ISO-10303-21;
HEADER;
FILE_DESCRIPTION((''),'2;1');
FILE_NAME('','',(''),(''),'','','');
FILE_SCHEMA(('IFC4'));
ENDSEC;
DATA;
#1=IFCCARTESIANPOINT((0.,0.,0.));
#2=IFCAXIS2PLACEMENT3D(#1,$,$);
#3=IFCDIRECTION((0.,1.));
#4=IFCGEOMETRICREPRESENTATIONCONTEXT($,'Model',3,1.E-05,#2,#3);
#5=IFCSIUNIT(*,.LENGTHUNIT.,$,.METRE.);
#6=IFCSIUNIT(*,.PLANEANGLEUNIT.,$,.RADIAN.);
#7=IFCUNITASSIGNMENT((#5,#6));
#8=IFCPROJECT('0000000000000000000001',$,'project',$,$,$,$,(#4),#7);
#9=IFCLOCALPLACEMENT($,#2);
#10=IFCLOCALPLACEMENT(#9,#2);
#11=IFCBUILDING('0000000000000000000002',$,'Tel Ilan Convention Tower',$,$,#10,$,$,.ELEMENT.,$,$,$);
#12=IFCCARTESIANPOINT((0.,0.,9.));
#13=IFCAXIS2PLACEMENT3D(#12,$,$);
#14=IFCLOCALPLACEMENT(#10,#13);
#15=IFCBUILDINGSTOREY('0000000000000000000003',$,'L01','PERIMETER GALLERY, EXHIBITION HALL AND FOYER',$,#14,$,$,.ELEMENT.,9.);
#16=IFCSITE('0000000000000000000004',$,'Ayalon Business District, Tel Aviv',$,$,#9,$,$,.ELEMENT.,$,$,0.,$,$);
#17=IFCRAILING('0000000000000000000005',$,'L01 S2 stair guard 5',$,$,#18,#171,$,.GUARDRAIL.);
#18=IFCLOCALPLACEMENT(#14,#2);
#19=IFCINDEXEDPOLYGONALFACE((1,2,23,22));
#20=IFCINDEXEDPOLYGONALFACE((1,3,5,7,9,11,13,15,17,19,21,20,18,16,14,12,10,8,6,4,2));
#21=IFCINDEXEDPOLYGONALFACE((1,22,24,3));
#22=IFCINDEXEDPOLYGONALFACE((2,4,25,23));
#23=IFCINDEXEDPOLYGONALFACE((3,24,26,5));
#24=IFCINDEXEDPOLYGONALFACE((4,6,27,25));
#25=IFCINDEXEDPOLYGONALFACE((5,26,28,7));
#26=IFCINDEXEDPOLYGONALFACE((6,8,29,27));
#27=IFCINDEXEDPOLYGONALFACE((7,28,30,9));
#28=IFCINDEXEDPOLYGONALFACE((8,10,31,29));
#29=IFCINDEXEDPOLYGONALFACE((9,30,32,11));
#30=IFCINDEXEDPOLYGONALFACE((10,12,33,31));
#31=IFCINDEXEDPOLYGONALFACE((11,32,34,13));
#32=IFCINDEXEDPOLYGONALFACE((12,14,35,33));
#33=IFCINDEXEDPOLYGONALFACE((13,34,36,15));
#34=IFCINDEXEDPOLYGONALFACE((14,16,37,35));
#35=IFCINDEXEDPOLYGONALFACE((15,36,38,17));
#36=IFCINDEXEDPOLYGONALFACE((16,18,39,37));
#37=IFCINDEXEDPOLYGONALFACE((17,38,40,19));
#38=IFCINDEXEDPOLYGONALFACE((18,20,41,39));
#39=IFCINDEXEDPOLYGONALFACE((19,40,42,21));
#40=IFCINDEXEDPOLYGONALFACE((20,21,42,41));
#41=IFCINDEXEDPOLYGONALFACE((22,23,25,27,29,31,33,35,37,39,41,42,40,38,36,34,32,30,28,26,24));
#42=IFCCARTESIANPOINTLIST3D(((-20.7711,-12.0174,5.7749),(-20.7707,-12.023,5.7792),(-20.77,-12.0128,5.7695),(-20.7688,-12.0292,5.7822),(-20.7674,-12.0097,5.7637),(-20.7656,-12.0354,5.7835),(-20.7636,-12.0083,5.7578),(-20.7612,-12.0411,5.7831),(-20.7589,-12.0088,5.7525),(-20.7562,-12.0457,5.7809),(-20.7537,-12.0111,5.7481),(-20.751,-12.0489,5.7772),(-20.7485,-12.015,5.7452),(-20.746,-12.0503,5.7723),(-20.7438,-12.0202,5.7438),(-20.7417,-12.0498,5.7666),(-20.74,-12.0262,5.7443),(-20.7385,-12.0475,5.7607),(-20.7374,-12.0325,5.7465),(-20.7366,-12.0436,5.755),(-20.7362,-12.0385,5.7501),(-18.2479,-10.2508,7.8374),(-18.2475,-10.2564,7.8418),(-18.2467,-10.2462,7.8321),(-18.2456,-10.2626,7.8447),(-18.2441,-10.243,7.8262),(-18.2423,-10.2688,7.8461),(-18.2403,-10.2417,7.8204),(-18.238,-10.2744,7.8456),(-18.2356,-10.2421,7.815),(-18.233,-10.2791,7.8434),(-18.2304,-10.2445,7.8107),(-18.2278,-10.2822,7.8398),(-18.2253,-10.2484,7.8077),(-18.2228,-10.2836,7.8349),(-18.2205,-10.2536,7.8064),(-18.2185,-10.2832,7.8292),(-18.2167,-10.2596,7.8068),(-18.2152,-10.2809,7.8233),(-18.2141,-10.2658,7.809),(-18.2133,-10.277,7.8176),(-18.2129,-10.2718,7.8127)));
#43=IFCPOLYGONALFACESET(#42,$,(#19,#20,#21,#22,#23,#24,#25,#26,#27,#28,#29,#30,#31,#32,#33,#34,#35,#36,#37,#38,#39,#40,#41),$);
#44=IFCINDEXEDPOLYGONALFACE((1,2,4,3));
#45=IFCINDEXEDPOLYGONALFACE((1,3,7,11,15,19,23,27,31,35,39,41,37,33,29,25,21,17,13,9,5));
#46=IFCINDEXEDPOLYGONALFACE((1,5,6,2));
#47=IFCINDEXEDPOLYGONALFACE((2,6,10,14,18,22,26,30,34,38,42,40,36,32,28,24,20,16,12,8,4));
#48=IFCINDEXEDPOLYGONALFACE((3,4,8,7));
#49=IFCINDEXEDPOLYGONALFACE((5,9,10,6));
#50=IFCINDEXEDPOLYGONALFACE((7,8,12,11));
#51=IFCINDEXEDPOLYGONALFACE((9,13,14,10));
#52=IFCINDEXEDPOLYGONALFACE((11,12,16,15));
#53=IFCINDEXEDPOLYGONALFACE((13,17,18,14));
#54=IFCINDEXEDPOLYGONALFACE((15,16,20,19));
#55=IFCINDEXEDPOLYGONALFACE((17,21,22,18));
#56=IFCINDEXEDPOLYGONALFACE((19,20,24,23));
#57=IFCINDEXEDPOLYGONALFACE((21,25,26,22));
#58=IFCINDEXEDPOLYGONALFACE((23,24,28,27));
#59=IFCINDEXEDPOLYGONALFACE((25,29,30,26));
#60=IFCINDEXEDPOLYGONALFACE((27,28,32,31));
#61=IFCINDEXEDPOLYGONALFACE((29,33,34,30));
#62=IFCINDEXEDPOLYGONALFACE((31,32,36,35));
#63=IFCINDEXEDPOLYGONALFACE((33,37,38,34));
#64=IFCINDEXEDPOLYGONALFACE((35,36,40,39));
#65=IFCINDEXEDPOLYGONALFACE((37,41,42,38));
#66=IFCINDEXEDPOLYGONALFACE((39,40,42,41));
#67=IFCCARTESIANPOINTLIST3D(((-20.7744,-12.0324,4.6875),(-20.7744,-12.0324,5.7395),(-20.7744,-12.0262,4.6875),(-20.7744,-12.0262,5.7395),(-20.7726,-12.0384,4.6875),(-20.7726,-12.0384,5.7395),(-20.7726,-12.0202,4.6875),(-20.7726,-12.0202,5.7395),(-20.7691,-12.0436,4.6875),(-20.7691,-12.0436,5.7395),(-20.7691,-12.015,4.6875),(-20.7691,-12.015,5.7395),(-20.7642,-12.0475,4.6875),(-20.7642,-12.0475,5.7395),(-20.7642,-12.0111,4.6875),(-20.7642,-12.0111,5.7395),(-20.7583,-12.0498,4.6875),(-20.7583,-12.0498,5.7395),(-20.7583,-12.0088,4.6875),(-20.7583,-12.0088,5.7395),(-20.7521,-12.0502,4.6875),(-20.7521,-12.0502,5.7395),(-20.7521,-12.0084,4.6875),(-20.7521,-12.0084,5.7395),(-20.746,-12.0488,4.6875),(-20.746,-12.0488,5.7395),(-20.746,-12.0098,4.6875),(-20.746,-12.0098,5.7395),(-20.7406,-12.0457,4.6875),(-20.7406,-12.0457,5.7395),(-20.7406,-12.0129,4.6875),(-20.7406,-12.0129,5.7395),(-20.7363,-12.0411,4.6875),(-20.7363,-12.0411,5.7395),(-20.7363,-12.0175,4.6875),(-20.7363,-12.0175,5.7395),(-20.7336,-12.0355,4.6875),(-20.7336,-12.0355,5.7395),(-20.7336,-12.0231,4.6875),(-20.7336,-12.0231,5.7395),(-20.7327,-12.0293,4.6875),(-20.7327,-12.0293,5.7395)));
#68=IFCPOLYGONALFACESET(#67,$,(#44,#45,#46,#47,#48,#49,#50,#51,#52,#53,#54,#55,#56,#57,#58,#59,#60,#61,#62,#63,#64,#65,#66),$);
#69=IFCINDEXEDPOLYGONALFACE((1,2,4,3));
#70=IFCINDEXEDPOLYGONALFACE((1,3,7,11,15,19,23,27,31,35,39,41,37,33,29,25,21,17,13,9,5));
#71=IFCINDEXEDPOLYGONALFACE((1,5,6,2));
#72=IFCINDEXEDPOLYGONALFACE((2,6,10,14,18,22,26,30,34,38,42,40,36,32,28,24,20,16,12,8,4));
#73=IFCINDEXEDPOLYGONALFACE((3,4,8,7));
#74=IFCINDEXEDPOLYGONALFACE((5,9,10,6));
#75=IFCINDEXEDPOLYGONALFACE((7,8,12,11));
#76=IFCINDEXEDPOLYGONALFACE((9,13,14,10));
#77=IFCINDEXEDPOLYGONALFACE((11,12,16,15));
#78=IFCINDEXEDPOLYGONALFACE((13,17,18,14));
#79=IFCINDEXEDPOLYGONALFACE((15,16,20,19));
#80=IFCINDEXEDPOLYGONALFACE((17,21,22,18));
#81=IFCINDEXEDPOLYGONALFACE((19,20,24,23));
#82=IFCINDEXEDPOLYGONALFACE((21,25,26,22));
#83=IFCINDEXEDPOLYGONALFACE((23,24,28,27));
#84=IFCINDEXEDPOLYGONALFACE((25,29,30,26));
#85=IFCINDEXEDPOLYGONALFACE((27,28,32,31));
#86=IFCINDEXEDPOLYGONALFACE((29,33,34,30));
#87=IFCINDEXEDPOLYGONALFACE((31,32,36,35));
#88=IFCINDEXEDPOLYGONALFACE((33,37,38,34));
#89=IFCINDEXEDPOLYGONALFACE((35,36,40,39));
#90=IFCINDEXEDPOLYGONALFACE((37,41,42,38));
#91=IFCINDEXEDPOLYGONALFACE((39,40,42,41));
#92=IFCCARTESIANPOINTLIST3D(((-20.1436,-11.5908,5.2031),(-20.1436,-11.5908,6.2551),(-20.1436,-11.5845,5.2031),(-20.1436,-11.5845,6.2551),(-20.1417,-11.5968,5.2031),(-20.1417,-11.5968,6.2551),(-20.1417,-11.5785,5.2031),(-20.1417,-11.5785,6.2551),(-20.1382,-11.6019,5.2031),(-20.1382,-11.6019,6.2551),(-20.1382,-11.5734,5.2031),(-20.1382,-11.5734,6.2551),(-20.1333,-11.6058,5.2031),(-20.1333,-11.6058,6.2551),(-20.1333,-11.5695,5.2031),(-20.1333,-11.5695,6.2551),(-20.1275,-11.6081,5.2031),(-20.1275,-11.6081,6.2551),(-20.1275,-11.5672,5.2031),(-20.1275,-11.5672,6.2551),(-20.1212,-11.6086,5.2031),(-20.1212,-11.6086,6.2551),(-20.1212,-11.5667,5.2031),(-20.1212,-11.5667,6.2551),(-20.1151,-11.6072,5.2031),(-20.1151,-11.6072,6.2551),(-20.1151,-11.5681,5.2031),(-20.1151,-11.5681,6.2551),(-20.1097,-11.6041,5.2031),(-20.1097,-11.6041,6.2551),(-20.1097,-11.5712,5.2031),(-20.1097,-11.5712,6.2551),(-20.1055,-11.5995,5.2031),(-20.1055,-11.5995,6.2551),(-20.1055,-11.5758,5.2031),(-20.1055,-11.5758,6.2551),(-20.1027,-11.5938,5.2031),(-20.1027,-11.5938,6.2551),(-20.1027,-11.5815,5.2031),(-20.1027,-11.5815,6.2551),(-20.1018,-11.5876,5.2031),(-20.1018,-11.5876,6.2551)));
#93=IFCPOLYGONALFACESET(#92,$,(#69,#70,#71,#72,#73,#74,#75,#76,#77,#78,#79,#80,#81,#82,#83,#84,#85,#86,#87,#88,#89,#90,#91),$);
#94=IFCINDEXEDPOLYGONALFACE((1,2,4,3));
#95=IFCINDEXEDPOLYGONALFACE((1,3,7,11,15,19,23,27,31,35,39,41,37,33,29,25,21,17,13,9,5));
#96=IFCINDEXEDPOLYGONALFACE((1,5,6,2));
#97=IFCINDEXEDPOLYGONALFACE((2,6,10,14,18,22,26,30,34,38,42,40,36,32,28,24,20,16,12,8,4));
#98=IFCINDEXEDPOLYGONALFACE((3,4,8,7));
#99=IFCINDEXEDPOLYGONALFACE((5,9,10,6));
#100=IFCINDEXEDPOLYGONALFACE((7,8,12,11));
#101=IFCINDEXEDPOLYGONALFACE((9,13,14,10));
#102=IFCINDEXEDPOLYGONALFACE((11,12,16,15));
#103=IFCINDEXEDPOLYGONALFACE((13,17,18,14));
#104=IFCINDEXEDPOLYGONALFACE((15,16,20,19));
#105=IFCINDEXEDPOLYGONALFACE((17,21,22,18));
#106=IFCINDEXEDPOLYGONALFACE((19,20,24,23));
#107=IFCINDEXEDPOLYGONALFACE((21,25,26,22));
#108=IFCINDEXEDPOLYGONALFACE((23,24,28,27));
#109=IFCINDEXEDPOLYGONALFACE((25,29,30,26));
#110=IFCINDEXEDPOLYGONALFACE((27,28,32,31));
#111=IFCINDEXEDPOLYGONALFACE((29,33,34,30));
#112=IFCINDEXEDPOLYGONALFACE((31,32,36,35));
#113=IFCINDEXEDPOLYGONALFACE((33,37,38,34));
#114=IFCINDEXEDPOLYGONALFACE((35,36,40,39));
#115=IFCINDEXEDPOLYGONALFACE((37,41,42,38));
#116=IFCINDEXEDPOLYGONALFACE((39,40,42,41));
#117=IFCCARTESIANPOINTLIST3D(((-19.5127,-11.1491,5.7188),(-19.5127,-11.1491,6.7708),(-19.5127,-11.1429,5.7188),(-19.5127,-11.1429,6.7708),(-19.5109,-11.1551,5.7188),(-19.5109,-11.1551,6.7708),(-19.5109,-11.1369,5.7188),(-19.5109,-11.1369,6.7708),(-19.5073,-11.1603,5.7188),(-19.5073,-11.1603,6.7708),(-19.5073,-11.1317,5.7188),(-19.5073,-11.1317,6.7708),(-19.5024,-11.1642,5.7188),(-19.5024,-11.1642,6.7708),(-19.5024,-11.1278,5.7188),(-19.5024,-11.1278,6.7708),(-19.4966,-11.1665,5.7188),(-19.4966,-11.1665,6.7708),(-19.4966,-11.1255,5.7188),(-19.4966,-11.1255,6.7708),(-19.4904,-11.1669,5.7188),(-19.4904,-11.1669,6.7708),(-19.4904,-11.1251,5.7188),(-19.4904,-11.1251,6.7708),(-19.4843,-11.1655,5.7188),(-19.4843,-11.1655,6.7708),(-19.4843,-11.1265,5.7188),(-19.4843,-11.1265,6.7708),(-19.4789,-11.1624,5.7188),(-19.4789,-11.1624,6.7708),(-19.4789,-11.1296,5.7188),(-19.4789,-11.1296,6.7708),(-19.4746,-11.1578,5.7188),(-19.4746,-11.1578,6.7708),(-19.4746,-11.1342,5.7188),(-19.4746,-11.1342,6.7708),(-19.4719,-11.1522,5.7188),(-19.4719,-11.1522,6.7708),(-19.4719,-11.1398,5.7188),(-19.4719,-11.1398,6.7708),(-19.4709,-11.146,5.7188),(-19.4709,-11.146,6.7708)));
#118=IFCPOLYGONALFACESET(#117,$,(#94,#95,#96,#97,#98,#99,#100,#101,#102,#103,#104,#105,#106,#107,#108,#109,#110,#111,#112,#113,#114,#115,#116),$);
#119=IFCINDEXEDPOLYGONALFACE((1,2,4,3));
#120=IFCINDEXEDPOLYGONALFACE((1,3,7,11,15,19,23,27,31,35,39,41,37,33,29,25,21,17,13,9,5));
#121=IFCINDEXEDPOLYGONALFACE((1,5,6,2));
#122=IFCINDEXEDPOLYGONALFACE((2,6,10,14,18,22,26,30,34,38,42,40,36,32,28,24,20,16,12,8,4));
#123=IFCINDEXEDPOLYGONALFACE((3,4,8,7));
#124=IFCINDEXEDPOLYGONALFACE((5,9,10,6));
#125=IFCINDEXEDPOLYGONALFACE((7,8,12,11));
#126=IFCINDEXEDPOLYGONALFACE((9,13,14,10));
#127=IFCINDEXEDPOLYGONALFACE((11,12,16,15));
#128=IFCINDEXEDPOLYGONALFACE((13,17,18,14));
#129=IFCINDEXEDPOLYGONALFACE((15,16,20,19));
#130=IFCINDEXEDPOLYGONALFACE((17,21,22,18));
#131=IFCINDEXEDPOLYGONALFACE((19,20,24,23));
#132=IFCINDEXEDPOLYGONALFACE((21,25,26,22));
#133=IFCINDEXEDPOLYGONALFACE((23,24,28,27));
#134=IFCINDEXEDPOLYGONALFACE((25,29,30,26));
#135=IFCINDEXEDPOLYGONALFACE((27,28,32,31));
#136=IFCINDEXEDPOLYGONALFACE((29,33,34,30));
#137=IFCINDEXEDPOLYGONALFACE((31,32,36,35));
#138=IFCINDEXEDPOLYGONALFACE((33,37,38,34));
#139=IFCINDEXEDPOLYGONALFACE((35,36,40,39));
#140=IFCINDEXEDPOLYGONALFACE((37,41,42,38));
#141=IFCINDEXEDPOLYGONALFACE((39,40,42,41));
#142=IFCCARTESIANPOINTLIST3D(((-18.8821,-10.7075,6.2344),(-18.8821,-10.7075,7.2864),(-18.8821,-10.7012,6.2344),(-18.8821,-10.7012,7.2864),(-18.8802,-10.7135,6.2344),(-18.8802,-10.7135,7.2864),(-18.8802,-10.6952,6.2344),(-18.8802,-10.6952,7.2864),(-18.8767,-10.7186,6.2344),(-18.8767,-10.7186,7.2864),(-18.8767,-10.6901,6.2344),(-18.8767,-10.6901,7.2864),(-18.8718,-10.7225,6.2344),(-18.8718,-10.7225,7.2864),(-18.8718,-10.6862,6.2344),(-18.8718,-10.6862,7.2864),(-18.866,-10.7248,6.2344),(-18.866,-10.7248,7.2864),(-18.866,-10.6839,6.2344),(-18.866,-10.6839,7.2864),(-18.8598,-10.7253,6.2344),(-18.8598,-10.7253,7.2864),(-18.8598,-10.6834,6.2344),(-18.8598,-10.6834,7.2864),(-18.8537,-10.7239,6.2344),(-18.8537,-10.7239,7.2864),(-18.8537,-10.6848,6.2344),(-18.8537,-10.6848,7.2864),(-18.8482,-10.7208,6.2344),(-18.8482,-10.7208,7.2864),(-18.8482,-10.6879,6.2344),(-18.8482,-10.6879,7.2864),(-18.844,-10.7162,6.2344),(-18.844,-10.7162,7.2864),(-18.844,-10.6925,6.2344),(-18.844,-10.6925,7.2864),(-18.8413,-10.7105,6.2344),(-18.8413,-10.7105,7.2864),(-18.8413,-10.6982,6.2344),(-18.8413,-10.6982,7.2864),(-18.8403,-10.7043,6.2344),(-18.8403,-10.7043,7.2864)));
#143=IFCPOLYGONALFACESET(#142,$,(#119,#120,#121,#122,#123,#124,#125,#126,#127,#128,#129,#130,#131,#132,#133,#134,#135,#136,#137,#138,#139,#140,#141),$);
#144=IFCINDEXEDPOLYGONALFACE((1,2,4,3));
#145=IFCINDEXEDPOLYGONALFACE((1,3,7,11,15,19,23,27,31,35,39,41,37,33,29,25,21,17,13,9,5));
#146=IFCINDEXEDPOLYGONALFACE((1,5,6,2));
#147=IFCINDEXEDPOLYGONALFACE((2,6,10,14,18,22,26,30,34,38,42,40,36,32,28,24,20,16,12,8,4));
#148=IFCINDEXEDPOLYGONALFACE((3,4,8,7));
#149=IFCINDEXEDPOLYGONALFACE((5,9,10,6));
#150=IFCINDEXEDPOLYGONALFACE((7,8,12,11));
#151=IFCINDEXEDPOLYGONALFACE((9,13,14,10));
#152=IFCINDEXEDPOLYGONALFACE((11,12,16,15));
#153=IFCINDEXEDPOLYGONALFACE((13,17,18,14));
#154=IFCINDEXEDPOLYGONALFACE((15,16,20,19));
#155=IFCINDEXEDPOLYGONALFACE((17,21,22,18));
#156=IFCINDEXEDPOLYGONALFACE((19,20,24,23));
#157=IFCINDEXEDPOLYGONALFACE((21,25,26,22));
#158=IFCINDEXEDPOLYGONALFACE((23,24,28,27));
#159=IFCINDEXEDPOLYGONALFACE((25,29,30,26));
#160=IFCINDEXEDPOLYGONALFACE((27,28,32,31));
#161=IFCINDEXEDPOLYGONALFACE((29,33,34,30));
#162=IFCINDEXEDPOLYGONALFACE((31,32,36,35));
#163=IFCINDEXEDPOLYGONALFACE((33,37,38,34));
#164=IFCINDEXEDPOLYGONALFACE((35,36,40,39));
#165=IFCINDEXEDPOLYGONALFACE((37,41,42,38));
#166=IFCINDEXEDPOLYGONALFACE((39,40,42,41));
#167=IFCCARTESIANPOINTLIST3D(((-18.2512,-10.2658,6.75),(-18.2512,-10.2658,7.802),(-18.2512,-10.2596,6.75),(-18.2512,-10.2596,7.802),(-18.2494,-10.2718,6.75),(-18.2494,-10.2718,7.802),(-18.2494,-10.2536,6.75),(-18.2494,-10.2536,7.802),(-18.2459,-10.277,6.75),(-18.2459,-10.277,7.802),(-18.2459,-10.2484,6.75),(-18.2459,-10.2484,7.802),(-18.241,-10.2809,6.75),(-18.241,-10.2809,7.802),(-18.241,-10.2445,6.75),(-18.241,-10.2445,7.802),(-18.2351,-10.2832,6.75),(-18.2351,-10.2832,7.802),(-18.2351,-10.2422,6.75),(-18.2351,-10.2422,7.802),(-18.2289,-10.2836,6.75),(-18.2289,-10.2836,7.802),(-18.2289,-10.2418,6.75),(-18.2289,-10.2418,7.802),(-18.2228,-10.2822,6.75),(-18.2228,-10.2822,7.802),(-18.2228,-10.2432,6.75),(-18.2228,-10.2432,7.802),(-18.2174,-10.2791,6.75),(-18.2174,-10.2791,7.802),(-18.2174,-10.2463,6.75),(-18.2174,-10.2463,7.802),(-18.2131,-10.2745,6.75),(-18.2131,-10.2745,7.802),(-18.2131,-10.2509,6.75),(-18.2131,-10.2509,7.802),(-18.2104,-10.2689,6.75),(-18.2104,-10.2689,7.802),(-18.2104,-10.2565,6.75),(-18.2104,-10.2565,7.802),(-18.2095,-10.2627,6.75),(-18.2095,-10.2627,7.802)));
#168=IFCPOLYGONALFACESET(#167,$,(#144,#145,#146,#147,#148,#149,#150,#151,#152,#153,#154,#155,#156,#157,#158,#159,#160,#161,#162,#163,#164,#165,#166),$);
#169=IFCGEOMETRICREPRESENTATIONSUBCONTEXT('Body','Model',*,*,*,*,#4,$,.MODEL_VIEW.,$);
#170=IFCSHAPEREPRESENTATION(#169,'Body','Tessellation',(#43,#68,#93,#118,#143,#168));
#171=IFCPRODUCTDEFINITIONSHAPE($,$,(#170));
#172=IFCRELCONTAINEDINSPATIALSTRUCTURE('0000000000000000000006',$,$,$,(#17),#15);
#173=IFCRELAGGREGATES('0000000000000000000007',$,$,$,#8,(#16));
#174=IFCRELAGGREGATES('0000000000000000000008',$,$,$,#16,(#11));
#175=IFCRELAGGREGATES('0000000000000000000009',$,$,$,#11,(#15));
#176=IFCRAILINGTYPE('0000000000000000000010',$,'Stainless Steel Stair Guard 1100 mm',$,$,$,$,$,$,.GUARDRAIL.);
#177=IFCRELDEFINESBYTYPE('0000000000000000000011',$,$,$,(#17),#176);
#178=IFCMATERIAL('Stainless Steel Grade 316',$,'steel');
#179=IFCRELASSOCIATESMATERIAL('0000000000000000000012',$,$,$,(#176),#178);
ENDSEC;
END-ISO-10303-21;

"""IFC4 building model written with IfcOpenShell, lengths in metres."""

from ifc_helpers import new_model, si_unit, direction, frame, origin, origin_2d, place, context, subcontext, project, spatial, circle, extrude, material, type_object, element, save


model = new_model("IFC4")

# Units and contexts
model_context = context("Model", 3, precision=1e-05, world=origin(), true_north=direction((0.0, 1.0)))
body_context = subcontext(model_context, "Body", "Model", "MODEL_VIEW")
ifc_project = project(units=[si_unit("LENGTHUNIT", "METRE"), si_unit("PLANEANGLEUNIT", "RADIAN")], contexts=[model_context])

# Site, building, storey
site_placement = place(None, origin())
site = spatial("IfcSite", under=ifc_project, at=site_placement, Name="Ayalon Business District, Tel Aviv", CompositionType="ELEMENT", RefElevation=0.0)
building_placement = place(site_placement, origin())
building = spatial("IfcBuilding", under=site, at=building_placement, Name="Tel Ilan Convention Tower", CompositionType="ELEMENT")
storey_placement = place(building_placement, frame((0.0, 0.0, 9.0)))
storey = spatial("IfcBuildingStorey", under=building, at=storey_placement, Name="L01", Description="PERIMETER GALLERY, EXHIBITION HALL AND FOYER", CompositionType="ELEMENT", Elevation=9.0)

# Railing
ifc_material_1 = material(Name="Stainless Steel Grade 316", Category="steel")
railing_type_1 = type_object("IfcRailingType", Name="Stainless Steel Stair Guard 1100 mm", PredefinedType="GUARDRAIL", material=ifc_material_1)
railing_1_placement = place(storey_placement, frame((-20.7537, -12.0293, 4.6875)))
element("IfcRailing", 1, at=railing_1_placement, inside=storey, type_object=railing_type_1, Name="L01 S2 stair guard 5", PredefinedType="GUARDRAIL", context=body_context, shape_type="SweptSolid", body=[
    extrude(circle(Radius=0.0239, at=origin_2d()), frame((0.0, 0.0, 1.0762), z_axis=(0.68067, 0.476568, 0.556391), x_axis=(-0.573542, 0.819176, 0.0)), (0.0, 0.0, 1.0), 3.707),
    extrude(circle(Radius=0.021, at=origin_2d()), origin(), (0.0, 0.0, 1.0), 1.052),
    extrude(circle(Radius=0.021, at=origin_2d()), frame((0.6309, 0.4417, 0.5156)), (0.0, 0.0, 1.0), 1.052),
    extrude(circle(Radius=0.021, at=origin_2d()), frame((1.2617, 0.8833, 1.0312)), (0.0, 0.0, 1.0), 1.052),
    extrude(circle(Radius=0.021, at=origin_2d()), frame((1.8923, 1.325, 1.5469)), (0.0, 0.0, 1.0), 1.052),
    extrude(circle(Radius=0.021, at=origin_2d()), frame((2.5232, 1.7666, 2.0625)), (0.0, 0.0, 1.0), 1.052),
])

save(model, "model.ifc")
